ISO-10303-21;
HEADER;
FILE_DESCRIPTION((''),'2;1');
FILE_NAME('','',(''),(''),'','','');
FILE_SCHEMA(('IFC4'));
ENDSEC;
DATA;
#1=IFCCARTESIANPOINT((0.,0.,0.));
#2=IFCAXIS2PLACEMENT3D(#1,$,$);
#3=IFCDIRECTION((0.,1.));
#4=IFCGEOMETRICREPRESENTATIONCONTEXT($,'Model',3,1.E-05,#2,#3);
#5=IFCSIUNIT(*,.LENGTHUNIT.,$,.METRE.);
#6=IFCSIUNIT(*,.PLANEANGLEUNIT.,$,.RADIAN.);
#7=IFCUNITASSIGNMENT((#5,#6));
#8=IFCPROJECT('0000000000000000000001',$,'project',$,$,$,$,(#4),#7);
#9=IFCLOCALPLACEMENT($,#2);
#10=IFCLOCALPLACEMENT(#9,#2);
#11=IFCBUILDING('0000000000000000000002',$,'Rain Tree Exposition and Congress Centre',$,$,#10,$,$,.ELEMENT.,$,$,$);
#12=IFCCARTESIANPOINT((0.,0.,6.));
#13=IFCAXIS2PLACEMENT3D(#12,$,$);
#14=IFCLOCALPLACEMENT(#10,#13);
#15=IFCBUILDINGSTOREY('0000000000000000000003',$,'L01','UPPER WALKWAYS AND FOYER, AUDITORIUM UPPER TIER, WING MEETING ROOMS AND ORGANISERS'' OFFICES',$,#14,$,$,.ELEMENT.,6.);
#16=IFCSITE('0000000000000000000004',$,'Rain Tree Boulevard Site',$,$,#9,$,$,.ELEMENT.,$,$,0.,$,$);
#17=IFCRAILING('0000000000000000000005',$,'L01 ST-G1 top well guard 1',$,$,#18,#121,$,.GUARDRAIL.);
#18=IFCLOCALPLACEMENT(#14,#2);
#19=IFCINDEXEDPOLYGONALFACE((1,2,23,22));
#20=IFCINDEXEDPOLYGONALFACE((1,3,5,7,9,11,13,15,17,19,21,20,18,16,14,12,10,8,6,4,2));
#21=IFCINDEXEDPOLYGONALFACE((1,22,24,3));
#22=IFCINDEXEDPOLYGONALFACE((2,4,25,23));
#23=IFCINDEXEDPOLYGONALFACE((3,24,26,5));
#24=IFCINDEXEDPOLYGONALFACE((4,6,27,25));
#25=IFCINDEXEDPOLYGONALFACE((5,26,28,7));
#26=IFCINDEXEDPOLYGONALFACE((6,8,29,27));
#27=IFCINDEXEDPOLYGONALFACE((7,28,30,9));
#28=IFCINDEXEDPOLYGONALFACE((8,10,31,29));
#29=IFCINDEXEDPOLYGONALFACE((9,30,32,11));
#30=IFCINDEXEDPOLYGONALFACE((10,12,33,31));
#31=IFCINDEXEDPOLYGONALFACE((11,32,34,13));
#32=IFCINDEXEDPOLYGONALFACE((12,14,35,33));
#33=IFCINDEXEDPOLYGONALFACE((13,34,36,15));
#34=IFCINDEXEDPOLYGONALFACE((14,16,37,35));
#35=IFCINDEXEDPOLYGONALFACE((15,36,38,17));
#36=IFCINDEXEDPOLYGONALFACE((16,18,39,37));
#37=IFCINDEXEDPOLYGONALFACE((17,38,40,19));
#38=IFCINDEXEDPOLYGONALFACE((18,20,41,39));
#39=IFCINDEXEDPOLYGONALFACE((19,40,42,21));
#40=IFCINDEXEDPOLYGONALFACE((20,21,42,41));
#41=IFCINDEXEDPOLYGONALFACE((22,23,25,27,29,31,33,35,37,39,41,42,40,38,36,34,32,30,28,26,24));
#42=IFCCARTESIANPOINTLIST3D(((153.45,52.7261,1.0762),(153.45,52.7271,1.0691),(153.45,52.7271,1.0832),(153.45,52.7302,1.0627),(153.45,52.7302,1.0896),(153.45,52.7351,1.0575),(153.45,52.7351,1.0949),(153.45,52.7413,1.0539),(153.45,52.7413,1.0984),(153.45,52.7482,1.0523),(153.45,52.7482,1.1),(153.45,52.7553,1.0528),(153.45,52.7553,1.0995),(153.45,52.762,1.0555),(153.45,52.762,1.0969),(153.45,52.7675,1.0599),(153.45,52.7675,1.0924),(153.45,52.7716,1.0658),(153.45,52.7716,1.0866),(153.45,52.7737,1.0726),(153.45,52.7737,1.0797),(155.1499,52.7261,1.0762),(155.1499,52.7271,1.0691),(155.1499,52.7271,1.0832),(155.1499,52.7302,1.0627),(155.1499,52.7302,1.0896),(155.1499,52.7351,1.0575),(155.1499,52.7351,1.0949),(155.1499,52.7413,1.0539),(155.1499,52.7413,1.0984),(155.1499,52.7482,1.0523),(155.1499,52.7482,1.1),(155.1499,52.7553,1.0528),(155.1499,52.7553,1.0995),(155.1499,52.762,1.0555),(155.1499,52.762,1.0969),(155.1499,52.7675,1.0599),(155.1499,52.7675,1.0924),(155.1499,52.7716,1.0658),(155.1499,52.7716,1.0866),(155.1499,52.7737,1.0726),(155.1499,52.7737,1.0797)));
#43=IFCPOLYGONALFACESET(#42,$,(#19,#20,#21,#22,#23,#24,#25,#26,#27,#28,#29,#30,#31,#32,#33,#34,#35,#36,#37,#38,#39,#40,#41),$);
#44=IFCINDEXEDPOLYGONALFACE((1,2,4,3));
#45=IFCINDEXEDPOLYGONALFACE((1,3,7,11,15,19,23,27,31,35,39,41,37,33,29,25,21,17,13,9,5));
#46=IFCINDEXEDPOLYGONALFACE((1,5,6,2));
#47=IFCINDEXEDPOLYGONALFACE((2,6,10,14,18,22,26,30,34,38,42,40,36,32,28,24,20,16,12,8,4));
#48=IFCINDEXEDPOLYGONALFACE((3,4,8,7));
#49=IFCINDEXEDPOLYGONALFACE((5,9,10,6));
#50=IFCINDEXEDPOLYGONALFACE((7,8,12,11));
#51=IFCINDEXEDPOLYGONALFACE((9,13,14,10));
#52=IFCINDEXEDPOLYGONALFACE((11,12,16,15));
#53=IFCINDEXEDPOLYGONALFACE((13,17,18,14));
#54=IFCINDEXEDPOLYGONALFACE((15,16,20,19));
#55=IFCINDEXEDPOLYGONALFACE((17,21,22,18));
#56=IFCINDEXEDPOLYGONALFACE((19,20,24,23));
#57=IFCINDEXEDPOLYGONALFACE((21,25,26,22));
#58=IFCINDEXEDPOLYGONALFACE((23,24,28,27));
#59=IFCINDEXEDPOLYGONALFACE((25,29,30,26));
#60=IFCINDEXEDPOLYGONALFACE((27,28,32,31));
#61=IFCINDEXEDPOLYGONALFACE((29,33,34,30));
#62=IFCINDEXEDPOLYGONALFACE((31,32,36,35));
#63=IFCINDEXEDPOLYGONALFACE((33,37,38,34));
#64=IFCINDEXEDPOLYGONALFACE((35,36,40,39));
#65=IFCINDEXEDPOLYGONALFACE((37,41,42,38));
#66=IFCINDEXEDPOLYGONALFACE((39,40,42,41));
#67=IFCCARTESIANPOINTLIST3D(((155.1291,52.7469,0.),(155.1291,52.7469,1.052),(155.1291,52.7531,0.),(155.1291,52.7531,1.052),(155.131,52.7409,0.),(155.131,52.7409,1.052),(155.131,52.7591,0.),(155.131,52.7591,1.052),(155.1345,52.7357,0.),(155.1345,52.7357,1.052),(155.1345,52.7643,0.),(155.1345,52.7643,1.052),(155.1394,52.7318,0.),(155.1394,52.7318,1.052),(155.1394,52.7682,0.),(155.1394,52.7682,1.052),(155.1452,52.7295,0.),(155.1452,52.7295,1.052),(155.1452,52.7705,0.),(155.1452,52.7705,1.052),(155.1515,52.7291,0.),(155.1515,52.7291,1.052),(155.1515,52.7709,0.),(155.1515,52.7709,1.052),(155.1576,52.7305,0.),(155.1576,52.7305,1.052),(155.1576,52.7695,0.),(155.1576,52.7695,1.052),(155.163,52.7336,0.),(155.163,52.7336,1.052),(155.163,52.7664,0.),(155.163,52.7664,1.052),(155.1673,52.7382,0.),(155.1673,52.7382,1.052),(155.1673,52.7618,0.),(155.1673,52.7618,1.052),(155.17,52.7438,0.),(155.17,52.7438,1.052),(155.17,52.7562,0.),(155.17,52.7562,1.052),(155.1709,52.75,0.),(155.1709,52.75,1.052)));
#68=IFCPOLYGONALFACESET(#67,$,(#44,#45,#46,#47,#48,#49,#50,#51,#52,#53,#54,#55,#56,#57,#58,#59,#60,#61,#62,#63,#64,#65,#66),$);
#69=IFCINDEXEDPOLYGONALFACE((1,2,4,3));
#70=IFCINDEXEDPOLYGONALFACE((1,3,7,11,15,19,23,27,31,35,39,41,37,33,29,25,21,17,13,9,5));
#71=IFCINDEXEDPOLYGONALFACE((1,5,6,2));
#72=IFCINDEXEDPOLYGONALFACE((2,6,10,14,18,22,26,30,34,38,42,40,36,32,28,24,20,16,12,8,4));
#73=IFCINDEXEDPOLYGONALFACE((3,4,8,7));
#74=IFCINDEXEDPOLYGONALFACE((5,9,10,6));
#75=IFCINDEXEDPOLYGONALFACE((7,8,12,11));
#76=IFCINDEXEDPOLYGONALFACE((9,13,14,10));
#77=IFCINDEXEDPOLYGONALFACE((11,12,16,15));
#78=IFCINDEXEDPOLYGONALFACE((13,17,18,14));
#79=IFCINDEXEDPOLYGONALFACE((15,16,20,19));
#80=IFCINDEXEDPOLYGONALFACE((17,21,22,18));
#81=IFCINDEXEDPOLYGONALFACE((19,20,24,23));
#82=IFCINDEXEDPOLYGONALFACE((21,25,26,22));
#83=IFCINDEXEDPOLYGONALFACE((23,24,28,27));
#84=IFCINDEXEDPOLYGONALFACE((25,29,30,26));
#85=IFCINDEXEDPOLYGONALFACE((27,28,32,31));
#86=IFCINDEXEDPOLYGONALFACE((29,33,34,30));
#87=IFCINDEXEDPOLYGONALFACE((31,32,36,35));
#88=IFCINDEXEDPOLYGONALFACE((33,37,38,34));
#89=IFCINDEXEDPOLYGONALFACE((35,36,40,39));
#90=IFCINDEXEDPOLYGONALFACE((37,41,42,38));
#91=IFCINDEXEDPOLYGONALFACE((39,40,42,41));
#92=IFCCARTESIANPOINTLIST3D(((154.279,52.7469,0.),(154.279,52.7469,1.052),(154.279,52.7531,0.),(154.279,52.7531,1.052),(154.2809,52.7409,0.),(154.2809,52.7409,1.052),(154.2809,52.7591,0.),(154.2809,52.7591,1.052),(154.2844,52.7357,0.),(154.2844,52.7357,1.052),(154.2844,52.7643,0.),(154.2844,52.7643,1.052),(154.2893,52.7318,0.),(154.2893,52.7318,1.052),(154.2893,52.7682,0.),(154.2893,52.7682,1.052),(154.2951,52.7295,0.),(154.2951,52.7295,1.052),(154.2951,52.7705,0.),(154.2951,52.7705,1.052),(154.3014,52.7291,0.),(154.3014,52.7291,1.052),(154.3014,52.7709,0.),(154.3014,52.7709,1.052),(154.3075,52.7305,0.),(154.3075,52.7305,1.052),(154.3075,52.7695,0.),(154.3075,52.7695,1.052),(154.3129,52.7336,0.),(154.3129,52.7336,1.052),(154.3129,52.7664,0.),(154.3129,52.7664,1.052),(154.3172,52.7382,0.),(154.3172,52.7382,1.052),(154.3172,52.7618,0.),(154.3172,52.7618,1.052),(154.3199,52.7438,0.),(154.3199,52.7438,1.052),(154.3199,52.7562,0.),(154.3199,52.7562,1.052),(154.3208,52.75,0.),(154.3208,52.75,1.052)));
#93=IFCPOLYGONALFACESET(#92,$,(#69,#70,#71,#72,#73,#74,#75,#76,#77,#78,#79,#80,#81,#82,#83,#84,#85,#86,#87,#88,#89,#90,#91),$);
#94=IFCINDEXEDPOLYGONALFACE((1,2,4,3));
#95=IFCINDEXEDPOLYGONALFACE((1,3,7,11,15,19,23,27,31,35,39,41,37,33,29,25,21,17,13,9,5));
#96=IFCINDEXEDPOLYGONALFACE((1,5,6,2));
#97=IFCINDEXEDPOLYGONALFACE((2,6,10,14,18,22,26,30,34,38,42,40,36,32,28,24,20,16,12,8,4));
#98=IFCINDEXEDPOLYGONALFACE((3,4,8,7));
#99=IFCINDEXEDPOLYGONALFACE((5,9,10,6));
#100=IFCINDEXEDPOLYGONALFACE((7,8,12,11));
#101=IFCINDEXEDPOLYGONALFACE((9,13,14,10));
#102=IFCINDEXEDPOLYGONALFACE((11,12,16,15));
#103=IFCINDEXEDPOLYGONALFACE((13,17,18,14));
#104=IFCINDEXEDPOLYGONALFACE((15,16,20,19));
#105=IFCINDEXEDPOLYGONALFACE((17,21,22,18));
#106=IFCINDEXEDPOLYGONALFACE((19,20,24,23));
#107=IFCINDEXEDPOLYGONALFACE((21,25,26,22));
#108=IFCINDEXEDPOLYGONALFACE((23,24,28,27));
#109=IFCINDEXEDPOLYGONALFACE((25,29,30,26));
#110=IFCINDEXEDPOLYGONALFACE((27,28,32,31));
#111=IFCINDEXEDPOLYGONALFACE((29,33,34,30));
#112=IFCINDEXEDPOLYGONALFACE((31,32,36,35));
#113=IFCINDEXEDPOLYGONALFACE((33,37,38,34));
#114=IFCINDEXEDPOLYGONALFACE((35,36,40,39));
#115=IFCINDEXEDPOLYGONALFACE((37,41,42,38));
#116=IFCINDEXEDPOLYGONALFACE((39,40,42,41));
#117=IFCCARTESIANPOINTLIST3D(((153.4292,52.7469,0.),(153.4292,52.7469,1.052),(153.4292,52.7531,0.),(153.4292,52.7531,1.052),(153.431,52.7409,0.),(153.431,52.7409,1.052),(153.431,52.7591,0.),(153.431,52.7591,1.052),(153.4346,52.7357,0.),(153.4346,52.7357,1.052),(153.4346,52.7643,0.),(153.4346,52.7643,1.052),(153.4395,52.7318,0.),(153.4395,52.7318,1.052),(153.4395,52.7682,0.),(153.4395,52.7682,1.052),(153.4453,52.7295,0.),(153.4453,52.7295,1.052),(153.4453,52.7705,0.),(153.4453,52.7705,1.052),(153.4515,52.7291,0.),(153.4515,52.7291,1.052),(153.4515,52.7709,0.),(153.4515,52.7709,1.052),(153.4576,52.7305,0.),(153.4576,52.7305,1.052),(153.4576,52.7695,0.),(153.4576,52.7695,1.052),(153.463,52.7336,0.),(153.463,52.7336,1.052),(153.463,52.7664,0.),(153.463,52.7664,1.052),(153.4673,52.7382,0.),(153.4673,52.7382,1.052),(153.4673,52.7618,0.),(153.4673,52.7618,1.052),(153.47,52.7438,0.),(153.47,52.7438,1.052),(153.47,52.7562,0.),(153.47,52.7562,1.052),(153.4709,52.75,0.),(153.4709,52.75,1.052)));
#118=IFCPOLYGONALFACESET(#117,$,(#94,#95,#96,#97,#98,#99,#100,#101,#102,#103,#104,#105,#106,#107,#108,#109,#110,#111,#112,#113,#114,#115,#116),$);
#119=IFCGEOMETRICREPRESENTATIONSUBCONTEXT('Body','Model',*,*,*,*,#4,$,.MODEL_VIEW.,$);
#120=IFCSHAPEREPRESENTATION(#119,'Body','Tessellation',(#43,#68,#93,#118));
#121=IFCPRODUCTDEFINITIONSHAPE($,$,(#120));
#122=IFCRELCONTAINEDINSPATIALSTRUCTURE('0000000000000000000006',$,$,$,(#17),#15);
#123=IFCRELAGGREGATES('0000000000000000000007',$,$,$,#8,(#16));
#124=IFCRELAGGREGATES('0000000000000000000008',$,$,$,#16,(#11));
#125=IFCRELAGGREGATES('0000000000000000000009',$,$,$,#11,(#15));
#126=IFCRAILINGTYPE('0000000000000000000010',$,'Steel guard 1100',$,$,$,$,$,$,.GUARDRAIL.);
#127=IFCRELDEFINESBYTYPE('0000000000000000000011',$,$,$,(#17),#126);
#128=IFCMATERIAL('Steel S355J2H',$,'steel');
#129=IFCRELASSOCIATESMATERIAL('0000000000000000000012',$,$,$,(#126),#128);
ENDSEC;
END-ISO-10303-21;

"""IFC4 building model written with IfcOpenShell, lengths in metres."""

from ifc_helpers import new_model, si_unit, direction, frame, origin, origin_2d, place, context, subcontext, project, spatial, circle, extrude, material, type_object, element, save


model = new_model("IFC4")

# Units and contexts
model_context = context("Model", 3, precision=1e-05, world=origin(), true_north=direction((0.0, 1.0)))
body_context = subcontext(model_context, "Body", "Model", "MODEL_VIEW")
ifc_project = project(units=[si_unit("LENGTHUNIT", "METRE"), si_unit("PLANEANGLEUNIT", "RADIAN")], contexts=[model_context])

# Site, building, storey
site_placement = place(None, origin())
site = spatial("IfcSite", under=ifc_project, at=site_placement, Name="Rain Tree Boulevard Site", CompositionType="ELEMENT", RefElevation=0.0)
building_placement = place(site_placement, origin())
building = spatial("IfcBuilding", under=site, at=building_placement, Name="Rain Tree Exposition and Congress Centre", CompositionType="ELEMENT")
storey_placement = place(building_placement, frame((0.0, 0.0, 6.0)))
storey = spatial("IfcBuildingStorey", under=building, at=storey_placement, Name="L01", Description="UPPER WALKWAYS AND FOYER, AUDITORIUM UPPER TIER, WING MEETING ROOMS AND ORGANISERS' OFFICES", CompositionType="ELEMENT", Elevation=6.0)

# Railing
ifc_material_1 = material(Name="Steel S355J2H", Category="steel")
railing_type = type_object("IfcRailingType", Name="Steel guard 1100", PredefinedType="GUARDRAIL", material=ifc_material_1)
railing_placement = place(storey_placement, frame((155.1499, 52.75, 0.0)))
element("IfcRailing", 1, at=railing_placement, inside=storey, type_object=railing_type, Name="L01 ST-G1 top well guard 1", PredefinedType="GUARDRAIL", context=body_context, shape_type="SweptSolid", body=[
    extrude(circle(Radius=0.0239, at=origin_2d()), frame((0.0, 0.0, 1.0762), z_axis=(-1.0, 0.0, 0.0), x_axis=(0.0, -1.0, 0.0)), (0.0, 0.0, 1.0), 1.7),
    extrude(circle(Radius=0.021, at=origin_2d()), origin(), (0.0, 0.0, 1.0), 1.052),
    extrude(circle(Radius=0.021, at=origin_2d()), frame((-0.8501, 0.0, 0.0)), (0.0, 0.0, 1.0), 1.052),
    extrude(circle(Radius=0.021, at=origin_2d()), frame((-1.7, 0.0, 0.0)), (0.0, 0.0, 1.0), 1.052),
])

save(model, "model.ifc")
